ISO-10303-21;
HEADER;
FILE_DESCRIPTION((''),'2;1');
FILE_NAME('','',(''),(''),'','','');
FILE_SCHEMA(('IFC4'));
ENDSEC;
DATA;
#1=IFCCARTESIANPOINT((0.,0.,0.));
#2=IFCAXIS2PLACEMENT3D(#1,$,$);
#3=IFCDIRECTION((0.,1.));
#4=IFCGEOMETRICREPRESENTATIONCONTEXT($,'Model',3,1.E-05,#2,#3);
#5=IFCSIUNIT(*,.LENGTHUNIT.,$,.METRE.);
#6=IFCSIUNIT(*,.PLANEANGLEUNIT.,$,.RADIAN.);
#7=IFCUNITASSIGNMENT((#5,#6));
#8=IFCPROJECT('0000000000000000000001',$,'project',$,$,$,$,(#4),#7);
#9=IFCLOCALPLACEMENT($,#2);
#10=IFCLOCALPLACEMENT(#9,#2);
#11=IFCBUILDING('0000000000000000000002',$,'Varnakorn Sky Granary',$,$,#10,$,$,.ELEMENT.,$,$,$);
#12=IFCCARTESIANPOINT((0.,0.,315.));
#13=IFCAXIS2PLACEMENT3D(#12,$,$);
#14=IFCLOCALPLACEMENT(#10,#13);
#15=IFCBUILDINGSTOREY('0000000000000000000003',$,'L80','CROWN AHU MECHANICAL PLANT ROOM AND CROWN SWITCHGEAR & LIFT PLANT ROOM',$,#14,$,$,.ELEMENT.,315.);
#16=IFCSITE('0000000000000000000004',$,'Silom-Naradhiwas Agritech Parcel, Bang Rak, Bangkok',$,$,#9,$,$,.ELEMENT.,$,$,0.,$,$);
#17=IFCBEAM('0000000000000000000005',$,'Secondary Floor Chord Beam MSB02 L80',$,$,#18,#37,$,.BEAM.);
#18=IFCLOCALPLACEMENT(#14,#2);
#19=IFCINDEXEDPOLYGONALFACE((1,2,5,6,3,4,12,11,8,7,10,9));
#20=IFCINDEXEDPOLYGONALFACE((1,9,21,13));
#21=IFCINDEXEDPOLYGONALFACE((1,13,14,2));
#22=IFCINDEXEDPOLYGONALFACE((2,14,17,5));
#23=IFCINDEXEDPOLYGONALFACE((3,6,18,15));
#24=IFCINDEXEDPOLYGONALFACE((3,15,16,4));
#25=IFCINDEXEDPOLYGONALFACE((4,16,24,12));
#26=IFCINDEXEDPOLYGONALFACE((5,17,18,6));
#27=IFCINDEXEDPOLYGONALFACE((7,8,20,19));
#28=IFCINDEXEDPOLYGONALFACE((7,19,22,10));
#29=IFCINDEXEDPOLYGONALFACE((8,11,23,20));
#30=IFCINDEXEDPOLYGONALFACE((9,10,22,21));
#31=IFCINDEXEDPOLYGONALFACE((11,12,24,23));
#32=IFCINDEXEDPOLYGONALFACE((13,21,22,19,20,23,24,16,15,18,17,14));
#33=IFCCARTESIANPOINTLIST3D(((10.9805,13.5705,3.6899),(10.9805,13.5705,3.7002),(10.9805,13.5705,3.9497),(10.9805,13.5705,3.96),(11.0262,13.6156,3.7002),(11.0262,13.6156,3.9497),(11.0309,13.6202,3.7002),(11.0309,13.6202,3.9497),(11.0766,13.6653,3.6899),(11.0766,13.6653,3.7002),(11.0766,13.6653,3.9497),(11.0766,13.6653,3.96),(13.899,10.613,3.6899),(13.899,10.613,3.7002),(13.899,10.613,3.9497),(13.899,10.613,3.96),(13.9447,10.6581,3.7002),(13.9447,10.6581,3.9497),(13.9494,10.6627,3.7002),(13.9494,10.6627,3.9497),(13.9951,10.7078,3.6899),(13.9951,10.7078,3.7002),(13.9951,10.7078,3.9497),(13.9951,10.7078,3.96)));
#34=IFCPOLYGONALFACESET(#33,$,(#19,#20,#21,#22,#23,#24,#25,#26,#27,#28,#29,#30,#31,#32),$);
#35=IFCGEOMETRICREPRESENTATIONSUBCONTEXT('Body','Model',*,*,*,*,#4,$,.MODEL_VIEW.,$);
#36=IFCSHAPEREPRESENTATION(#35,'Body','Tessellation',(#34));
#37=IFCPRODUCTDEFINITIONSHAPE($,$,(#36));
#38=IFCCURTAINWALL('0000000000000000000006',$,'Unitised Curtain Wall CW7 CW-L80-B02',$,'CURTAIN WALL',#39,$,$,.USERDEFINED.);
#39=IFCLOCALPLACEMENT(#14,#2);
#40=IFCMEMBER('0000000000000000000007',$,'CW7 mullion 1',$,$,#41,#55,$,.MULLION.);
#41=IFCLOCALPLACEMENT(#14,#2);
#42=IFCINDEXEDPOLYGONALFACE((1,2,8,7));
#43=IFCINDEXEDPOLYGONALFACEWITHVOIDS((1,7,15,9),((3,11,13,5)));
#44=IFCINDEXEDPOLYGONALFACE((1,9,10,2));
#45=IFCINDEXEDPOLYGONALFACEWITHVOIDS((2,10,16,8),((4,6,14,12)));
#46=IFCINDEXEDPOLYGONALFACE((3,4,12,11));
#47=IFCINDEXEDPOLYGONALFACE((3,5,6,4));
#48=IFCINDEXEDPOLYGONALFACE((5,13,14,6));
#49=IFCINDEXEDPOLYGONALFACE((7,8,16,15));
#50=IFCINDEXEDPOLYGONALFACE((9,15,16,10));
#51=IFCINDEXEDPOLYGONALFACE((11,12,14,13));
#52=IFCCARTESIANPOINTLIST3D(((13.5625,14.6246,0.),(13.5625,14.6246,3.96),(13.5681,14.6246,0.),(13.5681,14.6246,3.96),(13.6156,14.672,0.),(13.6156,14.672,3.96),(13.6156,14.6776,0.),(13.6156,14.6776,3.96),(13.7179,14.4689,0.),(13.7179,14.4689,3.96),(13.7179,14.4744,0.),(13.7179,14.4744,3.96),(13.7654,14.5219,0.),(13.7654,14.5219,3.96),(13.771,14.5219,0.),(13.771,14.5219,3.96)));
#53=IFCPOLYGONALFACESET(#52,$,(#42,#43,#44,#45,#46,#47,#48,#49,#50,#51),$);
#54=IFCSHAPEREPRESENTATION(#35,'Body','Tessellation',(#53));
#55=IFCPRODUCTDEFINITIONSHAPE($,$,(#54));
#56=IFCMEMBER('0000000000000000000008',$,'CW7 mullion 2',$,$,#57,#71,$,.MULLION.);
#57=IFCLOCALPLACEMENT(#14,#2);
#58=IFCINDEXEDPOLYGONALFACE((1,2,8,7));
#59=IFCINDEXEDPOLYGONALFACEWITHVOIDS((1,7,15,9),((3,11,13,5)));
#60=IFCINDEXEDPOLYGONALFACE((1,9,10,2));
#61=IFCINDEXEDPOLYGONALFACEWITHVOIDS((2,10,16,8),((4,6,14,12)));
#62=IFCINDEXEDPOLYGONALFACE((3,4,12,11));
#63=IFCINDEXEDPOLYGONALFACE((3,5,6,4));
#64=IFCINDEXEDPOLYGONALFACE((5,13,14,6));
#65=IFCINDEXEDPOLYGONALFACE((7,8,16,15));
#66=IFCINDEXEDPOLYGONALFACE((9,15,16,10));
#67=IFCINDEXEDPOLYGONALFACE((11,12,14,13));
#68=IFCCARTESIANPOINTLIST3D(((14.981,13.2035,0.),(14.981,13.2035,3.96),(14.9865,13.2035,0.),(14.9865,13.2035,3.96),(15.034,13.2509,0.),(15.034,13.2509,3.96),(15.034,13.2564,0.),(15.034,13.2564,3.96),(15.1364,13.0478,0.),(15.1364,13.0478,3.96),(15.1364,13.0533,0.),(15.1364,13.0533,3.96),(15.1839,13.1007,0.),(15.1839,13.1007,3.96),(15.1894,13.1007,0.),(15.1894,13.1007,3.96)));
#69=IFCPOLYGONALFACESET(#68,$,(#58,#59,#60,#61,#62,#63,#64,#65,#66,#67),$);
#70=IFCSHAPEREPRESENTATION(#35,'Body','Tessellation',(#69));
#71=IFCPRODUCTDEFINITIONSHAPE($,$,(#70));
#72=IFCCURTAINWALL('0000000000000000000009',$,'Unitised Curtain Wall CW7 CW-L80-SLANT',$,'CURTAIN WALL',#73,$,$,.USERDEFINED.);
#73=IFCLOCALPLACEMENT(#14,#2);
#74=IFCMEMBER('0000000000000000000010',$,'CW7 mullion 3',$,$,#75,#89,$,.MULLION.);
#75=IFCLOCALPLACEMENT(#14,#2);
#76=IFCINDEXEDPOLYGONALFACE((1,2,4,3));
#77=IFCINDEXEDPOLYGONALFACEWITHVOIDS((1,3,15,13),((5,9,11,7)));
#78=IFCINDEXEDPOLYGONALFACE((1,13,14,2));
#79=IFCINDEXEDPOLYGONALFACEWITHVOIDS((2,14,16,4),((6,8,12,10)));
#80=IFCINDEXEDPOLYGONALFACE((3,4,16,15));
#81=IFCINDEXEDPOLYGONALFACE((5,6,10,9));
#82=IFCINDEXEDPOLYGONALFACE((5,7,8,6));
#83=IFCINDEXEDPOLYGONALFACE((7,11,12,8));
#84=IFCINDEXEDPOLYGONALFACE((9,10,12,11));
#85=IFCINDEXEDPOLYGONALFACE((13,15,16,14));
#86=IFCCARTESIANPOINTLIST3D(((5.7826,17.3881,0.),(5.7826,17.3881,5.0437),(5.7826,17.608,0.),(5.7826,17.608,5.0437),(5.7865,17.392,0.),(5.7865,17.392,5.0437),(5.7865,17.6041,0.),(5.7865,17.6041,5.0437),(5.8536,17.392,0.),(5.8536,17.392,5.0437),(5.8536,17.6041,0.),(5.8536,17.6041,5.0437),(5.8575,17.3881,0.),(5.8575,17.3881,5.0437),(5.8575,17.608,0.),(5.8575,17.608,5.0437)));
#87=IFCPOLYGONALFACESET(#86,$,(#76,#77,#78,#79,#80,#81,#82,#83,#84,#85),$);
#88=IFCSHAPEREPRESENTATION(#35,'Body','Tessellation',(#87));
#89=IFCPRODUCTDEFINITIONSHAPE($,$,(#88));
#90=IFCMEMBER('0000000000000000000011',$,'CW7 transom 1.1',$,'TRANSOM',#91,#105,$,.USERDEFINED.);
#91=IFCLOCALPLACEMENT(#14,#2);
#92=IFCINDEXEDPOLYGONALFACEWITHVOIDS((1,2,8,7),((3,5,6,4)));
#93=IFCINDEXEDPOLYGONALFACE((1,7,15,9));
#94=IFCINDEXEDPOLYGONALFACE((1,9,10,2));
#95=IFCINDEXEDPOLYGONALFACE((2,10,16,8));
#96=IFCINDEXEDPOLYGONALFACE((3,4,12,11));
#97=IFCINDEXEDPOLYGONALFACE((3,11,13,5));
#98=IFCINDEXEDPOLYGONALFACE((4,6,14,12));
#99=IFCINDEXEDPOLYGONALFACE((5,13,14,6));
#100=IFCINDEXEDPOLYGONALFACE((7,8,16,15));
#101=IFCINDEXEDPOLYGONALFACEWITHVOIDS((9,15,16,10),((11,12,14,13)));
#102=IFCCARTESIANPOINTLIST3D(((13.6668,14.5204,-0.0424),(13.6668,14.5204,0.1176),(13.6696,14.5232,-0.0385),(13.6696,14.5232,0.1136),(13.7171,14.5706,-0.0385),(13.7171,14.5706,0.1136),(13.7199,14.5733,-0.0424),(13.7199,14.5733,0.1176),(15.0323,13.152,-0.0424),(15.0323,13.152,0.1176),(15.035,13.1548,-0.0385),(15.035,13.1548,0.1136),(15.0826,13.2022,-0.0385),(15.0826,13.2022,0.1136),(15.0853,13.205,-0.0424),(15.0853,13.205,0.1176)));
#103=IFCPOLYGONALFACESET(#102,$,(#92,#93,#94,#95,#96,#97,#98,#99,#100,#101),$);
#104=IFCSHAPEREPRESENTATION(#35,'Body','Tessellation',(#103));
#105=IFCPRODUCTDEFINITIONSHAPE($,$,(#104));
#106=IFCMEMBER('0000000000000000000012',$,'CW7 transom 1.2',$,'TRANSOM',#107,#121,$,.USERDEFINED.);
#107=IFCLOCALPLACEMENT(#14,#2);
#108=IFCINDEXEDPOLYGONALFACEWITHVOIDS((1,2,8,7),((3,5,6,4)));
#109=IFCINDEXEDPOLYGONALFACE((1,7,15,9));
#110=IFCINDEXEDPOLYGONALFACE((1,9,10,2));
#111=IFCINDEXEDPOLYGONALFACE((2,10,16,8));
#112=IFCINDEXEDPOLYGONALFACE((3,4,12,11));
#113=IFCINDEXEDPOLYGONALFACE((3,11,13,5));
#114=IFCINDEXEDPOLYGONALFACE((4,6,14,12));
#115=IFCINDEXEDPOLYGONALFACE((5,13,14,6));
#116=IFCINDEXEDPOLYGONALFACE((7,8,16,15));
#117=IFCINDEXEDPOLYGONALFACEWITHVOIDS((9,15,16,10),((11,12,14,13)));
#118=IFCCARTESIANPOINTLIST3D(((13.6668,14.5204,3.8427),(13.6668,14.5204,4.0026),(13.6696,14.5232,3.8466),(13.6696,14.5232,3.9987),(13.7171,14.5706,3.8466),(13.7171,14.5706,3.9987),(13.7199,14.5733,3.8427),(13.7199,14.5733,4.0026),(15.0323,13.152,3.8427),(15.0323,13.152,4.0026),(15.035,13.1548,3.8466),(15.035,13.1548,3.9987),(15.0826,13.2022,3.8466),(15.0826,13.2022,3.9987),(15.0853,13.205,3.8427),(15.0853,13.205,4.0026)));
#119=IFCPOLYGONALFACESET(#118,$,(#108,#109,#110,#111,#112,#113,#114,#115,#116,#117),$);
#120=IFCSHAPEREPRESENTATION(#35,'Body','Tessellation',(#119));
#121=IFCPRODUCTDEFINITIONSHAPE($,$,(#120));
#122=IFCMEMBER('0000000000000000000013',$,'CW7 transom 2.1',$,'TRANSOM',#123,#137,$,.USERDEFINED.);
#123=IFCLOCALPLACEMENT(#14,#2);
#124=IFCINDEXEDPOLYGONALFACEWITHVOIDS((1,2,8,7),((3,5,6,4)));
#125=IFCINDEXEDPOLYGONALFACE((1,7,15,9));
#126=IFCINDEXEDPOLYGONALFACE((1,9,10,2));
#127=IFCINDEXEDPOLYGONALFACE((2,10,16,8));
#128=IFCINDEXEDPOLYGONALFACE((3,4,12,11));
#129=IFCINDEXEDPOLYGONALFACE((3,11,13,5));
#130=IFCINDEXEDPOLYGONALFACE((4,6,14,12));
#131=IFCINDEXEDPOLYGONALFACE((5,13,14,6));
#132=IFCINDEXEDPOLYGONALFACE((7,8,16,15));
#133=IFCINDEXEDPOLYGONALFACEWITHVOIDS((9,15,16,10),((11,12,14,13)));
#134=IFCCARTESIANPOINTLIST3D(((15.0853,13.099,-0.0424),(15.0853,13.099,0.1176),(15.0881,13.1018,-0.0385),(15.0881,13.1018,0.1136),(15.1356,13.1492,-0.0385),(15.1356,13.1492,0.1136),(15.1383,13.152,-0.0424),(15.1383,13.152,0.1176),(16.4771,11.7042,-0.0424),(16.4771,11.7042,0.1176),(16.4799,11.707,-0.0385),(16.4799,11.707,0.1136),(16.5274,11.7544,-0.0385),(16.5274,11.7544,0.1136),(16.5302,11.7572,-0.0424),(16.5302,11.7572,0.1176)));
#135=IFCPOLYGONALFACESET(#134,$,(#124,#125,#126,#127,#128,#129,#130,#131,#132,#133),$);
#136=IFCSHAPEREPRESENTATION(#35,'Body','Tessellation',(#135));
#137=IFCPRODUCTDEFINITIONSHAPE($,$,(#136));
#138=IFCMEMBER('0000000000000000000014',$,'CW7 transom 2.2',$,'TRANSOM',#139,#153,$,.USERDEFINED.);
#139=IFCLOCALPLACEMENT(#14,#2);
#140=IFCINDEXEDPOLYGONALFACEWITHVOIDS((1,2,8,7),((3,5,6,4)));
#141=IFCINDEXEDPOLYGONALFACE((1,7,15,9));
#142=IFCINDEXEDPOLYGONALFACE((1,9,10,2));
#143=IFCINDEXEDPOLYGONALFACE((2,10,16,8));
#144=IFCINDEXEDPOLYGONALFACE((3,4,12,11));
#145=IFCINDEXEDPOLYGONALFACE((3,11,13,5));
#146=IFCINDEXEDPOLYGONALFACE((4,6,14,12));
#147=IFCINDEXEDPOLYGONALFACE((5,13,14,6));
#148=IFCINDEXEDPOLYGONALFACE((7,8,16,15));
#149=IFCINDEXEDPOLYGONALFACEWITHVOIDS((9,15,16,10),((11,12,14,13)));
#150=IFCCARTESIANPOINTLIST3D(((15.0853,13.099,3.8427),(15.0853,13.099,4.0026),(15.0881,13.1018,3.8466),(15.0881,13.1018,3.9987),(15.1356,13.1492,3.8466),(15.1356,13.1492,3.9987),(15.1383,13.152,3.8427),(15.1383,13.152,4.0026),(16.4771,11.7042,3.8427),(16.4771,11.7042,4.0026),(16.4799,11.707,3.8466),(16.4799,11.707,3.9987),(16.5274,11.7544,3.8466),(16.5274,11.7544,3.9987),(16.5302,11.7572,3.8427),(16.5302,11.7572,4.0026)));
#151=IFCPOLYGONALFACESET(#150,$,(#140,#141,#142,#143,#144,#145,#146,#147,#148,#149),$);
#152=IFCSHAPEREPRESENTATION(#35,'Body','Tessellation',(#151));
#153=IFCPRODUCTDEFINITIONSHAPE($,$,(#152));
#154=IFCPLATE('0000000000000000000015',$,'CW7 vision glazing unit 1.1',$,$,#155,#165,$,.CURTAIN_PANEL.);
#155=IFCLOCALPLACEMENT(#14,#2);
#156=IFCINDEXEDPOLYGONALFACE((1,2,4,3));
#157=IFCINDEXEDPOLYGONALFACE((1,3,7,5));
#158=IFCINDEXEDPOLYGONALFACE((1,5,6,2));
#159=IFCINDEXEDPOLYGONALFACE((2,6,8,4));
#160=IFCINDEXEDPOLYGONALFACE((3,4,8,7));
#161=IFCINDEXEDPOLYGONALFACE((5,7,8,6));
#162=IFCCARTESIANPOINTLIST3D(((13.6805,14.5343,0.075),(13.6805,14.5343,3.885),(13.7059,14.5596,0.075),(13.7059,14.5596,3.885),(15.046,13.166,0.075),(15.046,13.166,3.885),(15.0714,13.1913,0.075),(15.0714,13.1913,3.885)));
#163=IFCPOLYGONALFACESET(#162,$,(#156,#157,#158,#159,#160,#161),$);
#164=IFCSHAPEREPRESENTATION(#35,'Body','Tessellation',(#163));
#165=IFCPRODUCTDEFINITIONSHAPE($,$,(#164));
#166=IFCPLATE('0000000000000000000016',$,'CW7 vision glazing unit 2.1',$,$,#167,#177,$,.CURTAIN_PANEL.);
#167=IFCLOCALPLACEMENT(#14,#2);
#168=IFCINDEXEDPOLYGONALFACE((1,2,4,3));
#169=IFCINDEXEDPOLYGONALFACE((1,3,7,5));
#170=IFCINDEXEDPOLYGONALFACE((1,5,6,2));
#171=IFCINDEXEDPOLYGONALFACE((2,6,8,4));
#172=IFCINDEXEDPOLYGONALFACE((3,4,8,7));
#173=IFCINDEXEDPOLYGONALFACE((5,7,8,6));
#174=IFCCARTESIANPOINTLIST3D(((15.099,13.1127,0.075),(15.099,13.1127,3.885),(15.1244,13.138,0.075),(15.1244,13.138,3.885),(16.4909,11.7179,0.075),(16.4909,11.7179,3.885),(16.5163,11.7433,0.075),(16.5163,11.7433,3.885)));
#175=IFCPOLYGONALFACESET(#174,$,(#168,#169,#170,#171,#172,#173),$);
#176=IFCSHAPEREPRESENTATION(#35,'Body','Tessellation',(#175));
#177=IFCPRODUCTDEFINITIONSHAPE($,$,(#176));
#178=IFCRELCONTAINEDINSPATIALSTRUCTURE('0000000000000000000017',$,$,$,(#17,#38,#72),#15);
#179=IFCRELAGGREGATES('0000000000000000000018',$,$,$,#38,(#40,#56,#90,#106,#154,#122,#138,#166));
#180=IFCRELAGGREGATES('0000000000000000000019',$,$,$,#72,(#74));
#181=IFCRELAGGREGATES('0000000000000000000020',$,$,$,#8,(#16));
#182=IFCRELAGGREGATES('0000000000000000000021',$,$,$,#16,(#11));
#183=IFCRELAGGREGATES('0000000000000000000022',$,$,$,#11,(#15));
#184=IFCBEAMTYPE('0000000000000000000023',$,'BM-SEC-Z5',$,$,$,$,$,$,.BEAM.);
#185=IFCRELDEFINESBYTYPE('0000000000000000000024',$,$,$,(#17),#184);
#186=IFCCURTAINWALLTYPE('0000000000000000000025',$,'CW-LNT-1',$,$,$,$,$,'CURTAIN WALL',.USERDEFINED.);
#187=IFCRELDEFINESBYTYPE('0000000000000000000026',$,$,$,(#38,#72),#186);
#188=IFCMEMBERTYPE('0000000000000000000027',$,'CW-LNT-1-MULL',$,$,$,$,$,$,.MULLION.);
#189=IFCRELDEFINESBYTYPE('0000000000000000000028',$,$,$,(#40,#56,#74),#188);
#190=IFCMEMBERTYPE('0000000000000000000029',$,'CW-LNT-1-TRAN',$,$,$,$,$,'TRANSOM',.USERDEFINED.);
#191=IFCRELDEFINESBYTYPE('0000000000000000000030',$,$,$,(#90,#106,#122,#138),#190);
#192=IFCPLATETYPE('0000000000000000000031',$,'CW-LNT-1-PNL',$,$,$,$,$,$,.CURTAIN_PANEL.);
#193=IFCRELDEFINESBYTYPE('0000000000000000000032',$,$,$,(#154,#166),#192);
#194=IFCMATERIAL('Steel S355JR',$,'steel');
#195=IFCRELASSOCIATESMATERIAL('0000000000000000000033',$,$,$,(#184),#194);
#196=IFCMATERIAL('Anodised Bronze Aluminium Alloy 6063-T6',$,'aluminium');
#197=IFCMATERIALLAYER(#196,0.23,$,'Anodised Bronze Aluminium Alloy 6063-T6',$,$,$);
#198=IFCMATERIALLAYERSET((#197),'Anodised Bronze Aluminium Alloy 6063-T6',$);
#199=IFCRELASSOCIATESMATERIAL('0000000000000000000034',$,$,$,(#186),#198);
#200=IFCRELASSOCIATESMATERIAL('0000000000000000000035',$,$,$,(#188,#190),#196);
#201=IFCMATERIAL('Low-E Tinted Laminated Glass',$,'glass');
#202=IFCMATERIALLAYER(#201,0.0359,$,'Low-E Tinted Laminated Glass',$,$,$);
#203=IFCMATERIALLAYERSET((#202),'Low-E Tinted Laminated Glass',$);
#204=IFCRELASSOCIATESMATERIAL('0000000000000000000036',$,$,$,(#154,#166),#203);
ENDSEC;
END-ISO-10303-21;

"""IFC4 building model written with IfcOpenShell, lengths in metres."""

from ifc_helpers import new_model, si_unit, direction, frame, origin, origin_2d, place, context, subcontext, project, spatial, rectangle, hollow_rectangle, i_section, extrude, source, transform, mapped, material, layer, layer_set, material_profile, profile_set, type_object, element, aggregate, save


model = new_model("IFC4")

# Units and contexts
model_context = context("Model", 3, precision=1e-05, world=origin(), true_north=direction((0.0, 1.0)))
body_context = subcontext(model_context, "Body", "Model", "MODEL_VIEW")
ifc_project = project(units=[si_unit("LENGTHUNIT", "METRE"), si_unit("PLANEANGLEUNIT", "RADIAN")], contexts=[model_context])

# Site, building, storey
site_placement = place(None, origin())
site = spatial("IfcSite", under=ifc_project, at=site_placement, Name="Silom-Naradhiwas Agritech Parcel, Bang Rak, Bangkok", CompositionType="ELEMENT", RefElevation=0.0)
building_placement = place(site_placement, origin())
building = spatial("IfcBuilding", under=site, at=building_placement, Name="Varnakorn Sky Granary", CompositionType="ELEMENT")
storey_placement = place(building_placement, frame((0.0, 0.0, 315.0)))
storey = spatial("IfcBuildingStorey", under=building, at=storey_placement, Name="L80", Description="CROWN AHU MECHANICAL PLANT ROOM AND CROWN SWITCHGEAR & LIFT PLANT ROOM", CompositionType="ELEMENT", Elevation=315.0)

# Beam
ifc_material_1 = material(Name="Steel S355JR", Category="steel")
ifc_material_profile_1 = material_profile(ifc_material_1, i_section(OverallWidth=0.135, OverallDepth=0.27, WebThickness=0.0066, FlangeThickness=0.0103, at=origin_2d()), Name="IPE 270")
ifc_profile_set_1 = profile_set([ifc_material_profile_1], Name="Steel S355JR")
beam_type_1 = type_object("IfcBeamType", Name="BM-SEC-Z5", PredefinedType="BEAM", material=ifc_profile_set_1)
beam_1_placement = place(storey_placement, frame((13.947, 10.6604, 3.825), z_axis=(-0.702391, 0.711792, 0.0), x_axis=(-0.711792, -0.702391, 0.0)))
element("IfcBeam", 1, at=beam_1_placement, inside=storey, type_object=beam_type_1, Name="Secondary Floor Chord Beam MSB02 L80", PredefinedType="BEAM", context=body_context, shape_type="SweptSolid", body=[
    extrude(i_section(OverallWidth=0.135, OverallDepth=0.27, WebThickness=0.0066, FlangeThickness=0.0103, at=origin_2d()), origin(), (0.0, 0.0, 1.0), 4.155),
])

# Curtain wall, members
ifc_material_2 = material(Name="Anodised Bronze Aluminium Alloy 6063-T6", Category="aluminium")
ifc_layer_1 = layer(ifc_material_2, 0.23, Name="Anodised Bronze Aluminium Alloy 6063-T6")
ifc_layer_set_1 = layer_set([ifc_layer_1], Name="Anodised Bronze Aluminium Alloy 6063-T6")
curtain_wall_type = type_object("IfcCurtainWallType", Name="CW-LNT-1", ElementType="CURTAIN WALL", PredefinedType="USERDEFINED", material=ifc_layer_set_1)
curtain_wall_1_placement = place(storey_placement, origin())
curtain_wall_1 = element("IfcCurtainWall", 2, at=curtain_wall_1_placement, inside=storey, type_object=curtain_wall_type, Name="Unitised Curtain Wall CW7 CW-L80-B02", ObjectType="CURTAIN WALL", PredefinedType="USERDEFINED")
ifc_material_profile_2 = material_profile(ifc_material_2, hollow_rectangle(XDim=0.075, YDim=0.22, WallThickness=0.0039, at=origin_2d()), Name="ALU MULL 75x220")
ifc_profile_set_2 = profile_set([ifc_material_profile_2], Name="Anodised Bronze Aluminium Alloy 6063-T6")
member_type_1 = type_object("IfcMemberType", Name="CW-LNT-1-MULL", PredefinedType="MULLION", material=ifc_profile_set_2)
member_1_placement = place(storey_placement, frame((13.6667, 14.5732, 0.0), z_axis=(0.0, 0.0, 1.0), x_axis=(0.707827, 0.706385, 0.0)))
member_1 = element("IfcMember", 3, at=member_1_placement, type_object=member_type_1, Name="CW7 mullion 1", PredefinedType="MULLION", context=body_context, shape_type="SweptSolid", body=[
    extrude(hollow_rectangle(XDim=0.075, YDim=0.22, WallThickness=0.0039, at=origin_2d()), origin(), (0.0, 0.0, 1.0), 3.96),
])
member_2_placement = place(storey_placement, frame((15.0852, 13.1521, 0.0), z_axis=(0.0, 0.0, 1.0), x_axis=(0.707827, 0.706385, 0.0)))
member_2 = element("IfcMember", 4, at=member_2_placement, type_object=member_type_1, Name="CW7 mullion 2", PredefinedType="MULLION", context=body_context, shape_type="SweptSolid", body=[
    extrude(hollow_rectangle(XDim=0.075, YDim=0.22, WallThickness=0.0039, at=origin_2d()), origin(), (0.0, 0.0, 1.0), 3.96),
])

# Curtain wall, member
curtain_wall_2_placement = place(storey_placement, origin())
curtain_wall_2 = element("IfcCurtainWall", 5, at=curtain_wall_2_placement, inside=storey, type_object=curtain_wall_type, Name="Unitised Curtain Wall CW7 CW-L80-SLANT", ObjectType="CURTAIN WALL", PredefinedType="USERDEFINED")
member_3_placement = place(storey_placement, frame((5.8201, 17.498, 0.0), z_axis=(0.0, 0.0, 1.0), x_axis=(-1.0, 0.0, 0.0)))
member_3 = element("IfcMember", 6, at=member_3_placement, type_object=member_type_1, Name="CW7 mullion 3", PredefinedType="MULLION", context=body_context, shape_type="SweptSolid", body=[
    extrude(hollow_rectangle(XDim=0.075, YDim=0.22, WallThickness=0.0039, at=origin_2d()), origin(), (0.0, 0.0, 1.0), 5.0437),
])

# Members
ifc_material_profile_3 = material_profile(ifc_material_2, hollow_rectangle(XDim=0.075, YDim=0.1599, WallThickness=0.0039, at=origin_2d()), Name="ALU TRAN 75x160")
ifc_profile_set_3 = profile_set([ifc_material_profile_3], Name="Anodised Bronze Aluminium Alloy 6063-T6")
member_type_2 = type_object("IfcMemberType", Name="CW-LNT-1-TRAN", ElementType="TRANSOM", PredefinedType="USERDEFINED", material=ifc_profile_set_3)
member_4_placement = place(storey_placement, frame((13.6934, 14.5469, 0.0376), z_axis=(0.706349, -0.707864, 0.0), x_axis=(0.707864, 0.706349, 0.0)))
member_4 = element("IfcMember", 7, at=member_4_placement, type_object=member_type_2, Name="CW7 transom 1.1", ObjectType="TRANSOM", PredefinedType="USERDEFINED", context=body_context, shape_type="SweptSolid", body=[
    extrude(hollow_rectangle(XDim=0.075, YDim=0.1599, WallThickness=0.0039, at=origin_2d()), origin(), (0.0, 0.0, 1.0), 1.9331),
])
member_5_placement = place(storey_placement, frame((13.6934, 14.5469, 3.9226), z_axis=(0.706349, -0.707864, 0.0), x_axis=(0.707864, 0.706349, 0.0)))
member_5 = element("IfcMember", 8, at=member_5_placement, type_object=member_type_2, Name="CW7 transom 1.2", ObjectType="TRANSOM", PredefinedType="USERDEFINED", context=body_context, shape_type="SweptSolid", body=[
    extrude(hollow_rectangle(XDim=0.075, YDim=0.1599, WallThickness=0.0039, at=origin_2d()), origin(), (0.0, 0.0, 1.0), 1.9331),
])
member_6_placement = place(storey_placement, frame((15.1118, 13.1255, 0.0376), z_axis=(0.706363, -0.70785, 0.0), x_axis=(0.70785, 0.706363, 0.0)))
member_6 = element("IfcMember", 9, at=member_6_placement, type_object=member_type_2, Name="CW7 transom 2.1", ObjectType="TRANSOM", PredefinedType="USERDEFINED", context=body_context, shape_type="SweptSolid", body=[
    extrude(hollow_rectangle(XDim=0.075, YDim=0.1599, WallThickness=0.0039, at=origin_2d()), origin(), (0.0, 0.0, 1.0), 1.9705),
])
member_7_placement = place(storey_placement, frame((15.1118, 13.1255, 3.9226), z_axis=(0.706363, -0.70785, 0.0), x_axis=(0.70785, 0.706363, 0.0)))
member_7 = element("IfcMember", 10, at=member_7_placement, type_object=member_type_2, Name="CW7 transom 2.2", ObjectType="TRANSOM", PredefinedType="USERDEFINED", context=body_context, shape_type="SweptSolid", body=[
    extrude(hollow_rectangle(XDim=0.075, YDim=0.1599, WallThickness=0.0039, at=origin_2d()), origin(), (0.0, 0.0, 1.0), 1.9705),
])

# Plates
ifc_material_3 = material(Name="Low-E Tinted Laminated Glass", Category="glass")
ifc_layer_2 = layer(ifc_material_3, 0.0359, Name="Low-E Tinted Laminated Glass")
ifc_layer_set_2 = layer_set([ifc_layer_2], Name="Low-E Tinted Laminated Glass")
plate_type = type_object("IfcPlateType", Name="CW-LNT-1-PNL", PredefinedType="CURTAIN_PANEL")
shared_shape_1 = source(origin(), body_context, "Body", "SweptSolid", [
    extrude(rectangle(XDim=1.9331, YDim=0.0359, at=origin_2d()), origin(), (0.0, 0.0, 1.0), 3.8101),
])
plate_1_placement = place(storey_placement, frame((14.376, 13.8628, 0.075), z_axis=(0.0, 0.0, 1.0), x_axis=(0.706385, -0.707827, 0.0)))
plate_1 = element("IfcPlate", 11, at=plate_1_placement, type_object=plate_type, material=ifc_layer_set_2, Name="CW7 vision glazing unit 1.1", PredefinedType="CURTAIN_PANEL", context=body_context, shape_type="MappedRepresentation", body=[
    mapped(shared_shape_1, transform((0.0, 0.0, 0.0), x_axis=(1.0, 0.0, 0.0), y_axis=(0.0, 1.0, 0.0), z_axis=(0.0, 0.0, 1.0), scale=1.0)),
])
shared_shape_2 = source(origin(), body_context, "Body", "SweptSolid", [
    extrude(rectangle(XDim=1.9705, YDim=0.0359, at=origin_2d()), origin(), (0.0, 0.0, 1.0), 3.8101),
])
plate_2_placement = place(storey_placement, frame((15.8076, 12.428, 0.075), z_axis=(0.0, 0.0, 1.0), x_axis=(0.706385, -0.707827, 0.0)))
plate_2 = element("IfcPlate", 12, at=plate_2_placement, type_object=plate_type, material=ifc_layer_set_2, Name="CW7 vision glazing unit 2.1", PredefinedType="CURTAIN_PANEL", context=body_context, shape_type="MappedRepresentation", body=[
    mapped(shared_shape_2, transform((0.0, 0.0, 0.0), x_axis=(1.0, 0.0, 0.0), y_axis=(0.0, 1.0, 0.0), z_axis=(0.0, 0.0, 1.0), scale=1.0)),
])
aggregate(curtain_wall_1, [member_1, member_2, member_4, member_5, plate_1, member_6, member_7, plate_2])
aggregate(curtain_wall_2, [member_3])

save(model, "model.ifc")
